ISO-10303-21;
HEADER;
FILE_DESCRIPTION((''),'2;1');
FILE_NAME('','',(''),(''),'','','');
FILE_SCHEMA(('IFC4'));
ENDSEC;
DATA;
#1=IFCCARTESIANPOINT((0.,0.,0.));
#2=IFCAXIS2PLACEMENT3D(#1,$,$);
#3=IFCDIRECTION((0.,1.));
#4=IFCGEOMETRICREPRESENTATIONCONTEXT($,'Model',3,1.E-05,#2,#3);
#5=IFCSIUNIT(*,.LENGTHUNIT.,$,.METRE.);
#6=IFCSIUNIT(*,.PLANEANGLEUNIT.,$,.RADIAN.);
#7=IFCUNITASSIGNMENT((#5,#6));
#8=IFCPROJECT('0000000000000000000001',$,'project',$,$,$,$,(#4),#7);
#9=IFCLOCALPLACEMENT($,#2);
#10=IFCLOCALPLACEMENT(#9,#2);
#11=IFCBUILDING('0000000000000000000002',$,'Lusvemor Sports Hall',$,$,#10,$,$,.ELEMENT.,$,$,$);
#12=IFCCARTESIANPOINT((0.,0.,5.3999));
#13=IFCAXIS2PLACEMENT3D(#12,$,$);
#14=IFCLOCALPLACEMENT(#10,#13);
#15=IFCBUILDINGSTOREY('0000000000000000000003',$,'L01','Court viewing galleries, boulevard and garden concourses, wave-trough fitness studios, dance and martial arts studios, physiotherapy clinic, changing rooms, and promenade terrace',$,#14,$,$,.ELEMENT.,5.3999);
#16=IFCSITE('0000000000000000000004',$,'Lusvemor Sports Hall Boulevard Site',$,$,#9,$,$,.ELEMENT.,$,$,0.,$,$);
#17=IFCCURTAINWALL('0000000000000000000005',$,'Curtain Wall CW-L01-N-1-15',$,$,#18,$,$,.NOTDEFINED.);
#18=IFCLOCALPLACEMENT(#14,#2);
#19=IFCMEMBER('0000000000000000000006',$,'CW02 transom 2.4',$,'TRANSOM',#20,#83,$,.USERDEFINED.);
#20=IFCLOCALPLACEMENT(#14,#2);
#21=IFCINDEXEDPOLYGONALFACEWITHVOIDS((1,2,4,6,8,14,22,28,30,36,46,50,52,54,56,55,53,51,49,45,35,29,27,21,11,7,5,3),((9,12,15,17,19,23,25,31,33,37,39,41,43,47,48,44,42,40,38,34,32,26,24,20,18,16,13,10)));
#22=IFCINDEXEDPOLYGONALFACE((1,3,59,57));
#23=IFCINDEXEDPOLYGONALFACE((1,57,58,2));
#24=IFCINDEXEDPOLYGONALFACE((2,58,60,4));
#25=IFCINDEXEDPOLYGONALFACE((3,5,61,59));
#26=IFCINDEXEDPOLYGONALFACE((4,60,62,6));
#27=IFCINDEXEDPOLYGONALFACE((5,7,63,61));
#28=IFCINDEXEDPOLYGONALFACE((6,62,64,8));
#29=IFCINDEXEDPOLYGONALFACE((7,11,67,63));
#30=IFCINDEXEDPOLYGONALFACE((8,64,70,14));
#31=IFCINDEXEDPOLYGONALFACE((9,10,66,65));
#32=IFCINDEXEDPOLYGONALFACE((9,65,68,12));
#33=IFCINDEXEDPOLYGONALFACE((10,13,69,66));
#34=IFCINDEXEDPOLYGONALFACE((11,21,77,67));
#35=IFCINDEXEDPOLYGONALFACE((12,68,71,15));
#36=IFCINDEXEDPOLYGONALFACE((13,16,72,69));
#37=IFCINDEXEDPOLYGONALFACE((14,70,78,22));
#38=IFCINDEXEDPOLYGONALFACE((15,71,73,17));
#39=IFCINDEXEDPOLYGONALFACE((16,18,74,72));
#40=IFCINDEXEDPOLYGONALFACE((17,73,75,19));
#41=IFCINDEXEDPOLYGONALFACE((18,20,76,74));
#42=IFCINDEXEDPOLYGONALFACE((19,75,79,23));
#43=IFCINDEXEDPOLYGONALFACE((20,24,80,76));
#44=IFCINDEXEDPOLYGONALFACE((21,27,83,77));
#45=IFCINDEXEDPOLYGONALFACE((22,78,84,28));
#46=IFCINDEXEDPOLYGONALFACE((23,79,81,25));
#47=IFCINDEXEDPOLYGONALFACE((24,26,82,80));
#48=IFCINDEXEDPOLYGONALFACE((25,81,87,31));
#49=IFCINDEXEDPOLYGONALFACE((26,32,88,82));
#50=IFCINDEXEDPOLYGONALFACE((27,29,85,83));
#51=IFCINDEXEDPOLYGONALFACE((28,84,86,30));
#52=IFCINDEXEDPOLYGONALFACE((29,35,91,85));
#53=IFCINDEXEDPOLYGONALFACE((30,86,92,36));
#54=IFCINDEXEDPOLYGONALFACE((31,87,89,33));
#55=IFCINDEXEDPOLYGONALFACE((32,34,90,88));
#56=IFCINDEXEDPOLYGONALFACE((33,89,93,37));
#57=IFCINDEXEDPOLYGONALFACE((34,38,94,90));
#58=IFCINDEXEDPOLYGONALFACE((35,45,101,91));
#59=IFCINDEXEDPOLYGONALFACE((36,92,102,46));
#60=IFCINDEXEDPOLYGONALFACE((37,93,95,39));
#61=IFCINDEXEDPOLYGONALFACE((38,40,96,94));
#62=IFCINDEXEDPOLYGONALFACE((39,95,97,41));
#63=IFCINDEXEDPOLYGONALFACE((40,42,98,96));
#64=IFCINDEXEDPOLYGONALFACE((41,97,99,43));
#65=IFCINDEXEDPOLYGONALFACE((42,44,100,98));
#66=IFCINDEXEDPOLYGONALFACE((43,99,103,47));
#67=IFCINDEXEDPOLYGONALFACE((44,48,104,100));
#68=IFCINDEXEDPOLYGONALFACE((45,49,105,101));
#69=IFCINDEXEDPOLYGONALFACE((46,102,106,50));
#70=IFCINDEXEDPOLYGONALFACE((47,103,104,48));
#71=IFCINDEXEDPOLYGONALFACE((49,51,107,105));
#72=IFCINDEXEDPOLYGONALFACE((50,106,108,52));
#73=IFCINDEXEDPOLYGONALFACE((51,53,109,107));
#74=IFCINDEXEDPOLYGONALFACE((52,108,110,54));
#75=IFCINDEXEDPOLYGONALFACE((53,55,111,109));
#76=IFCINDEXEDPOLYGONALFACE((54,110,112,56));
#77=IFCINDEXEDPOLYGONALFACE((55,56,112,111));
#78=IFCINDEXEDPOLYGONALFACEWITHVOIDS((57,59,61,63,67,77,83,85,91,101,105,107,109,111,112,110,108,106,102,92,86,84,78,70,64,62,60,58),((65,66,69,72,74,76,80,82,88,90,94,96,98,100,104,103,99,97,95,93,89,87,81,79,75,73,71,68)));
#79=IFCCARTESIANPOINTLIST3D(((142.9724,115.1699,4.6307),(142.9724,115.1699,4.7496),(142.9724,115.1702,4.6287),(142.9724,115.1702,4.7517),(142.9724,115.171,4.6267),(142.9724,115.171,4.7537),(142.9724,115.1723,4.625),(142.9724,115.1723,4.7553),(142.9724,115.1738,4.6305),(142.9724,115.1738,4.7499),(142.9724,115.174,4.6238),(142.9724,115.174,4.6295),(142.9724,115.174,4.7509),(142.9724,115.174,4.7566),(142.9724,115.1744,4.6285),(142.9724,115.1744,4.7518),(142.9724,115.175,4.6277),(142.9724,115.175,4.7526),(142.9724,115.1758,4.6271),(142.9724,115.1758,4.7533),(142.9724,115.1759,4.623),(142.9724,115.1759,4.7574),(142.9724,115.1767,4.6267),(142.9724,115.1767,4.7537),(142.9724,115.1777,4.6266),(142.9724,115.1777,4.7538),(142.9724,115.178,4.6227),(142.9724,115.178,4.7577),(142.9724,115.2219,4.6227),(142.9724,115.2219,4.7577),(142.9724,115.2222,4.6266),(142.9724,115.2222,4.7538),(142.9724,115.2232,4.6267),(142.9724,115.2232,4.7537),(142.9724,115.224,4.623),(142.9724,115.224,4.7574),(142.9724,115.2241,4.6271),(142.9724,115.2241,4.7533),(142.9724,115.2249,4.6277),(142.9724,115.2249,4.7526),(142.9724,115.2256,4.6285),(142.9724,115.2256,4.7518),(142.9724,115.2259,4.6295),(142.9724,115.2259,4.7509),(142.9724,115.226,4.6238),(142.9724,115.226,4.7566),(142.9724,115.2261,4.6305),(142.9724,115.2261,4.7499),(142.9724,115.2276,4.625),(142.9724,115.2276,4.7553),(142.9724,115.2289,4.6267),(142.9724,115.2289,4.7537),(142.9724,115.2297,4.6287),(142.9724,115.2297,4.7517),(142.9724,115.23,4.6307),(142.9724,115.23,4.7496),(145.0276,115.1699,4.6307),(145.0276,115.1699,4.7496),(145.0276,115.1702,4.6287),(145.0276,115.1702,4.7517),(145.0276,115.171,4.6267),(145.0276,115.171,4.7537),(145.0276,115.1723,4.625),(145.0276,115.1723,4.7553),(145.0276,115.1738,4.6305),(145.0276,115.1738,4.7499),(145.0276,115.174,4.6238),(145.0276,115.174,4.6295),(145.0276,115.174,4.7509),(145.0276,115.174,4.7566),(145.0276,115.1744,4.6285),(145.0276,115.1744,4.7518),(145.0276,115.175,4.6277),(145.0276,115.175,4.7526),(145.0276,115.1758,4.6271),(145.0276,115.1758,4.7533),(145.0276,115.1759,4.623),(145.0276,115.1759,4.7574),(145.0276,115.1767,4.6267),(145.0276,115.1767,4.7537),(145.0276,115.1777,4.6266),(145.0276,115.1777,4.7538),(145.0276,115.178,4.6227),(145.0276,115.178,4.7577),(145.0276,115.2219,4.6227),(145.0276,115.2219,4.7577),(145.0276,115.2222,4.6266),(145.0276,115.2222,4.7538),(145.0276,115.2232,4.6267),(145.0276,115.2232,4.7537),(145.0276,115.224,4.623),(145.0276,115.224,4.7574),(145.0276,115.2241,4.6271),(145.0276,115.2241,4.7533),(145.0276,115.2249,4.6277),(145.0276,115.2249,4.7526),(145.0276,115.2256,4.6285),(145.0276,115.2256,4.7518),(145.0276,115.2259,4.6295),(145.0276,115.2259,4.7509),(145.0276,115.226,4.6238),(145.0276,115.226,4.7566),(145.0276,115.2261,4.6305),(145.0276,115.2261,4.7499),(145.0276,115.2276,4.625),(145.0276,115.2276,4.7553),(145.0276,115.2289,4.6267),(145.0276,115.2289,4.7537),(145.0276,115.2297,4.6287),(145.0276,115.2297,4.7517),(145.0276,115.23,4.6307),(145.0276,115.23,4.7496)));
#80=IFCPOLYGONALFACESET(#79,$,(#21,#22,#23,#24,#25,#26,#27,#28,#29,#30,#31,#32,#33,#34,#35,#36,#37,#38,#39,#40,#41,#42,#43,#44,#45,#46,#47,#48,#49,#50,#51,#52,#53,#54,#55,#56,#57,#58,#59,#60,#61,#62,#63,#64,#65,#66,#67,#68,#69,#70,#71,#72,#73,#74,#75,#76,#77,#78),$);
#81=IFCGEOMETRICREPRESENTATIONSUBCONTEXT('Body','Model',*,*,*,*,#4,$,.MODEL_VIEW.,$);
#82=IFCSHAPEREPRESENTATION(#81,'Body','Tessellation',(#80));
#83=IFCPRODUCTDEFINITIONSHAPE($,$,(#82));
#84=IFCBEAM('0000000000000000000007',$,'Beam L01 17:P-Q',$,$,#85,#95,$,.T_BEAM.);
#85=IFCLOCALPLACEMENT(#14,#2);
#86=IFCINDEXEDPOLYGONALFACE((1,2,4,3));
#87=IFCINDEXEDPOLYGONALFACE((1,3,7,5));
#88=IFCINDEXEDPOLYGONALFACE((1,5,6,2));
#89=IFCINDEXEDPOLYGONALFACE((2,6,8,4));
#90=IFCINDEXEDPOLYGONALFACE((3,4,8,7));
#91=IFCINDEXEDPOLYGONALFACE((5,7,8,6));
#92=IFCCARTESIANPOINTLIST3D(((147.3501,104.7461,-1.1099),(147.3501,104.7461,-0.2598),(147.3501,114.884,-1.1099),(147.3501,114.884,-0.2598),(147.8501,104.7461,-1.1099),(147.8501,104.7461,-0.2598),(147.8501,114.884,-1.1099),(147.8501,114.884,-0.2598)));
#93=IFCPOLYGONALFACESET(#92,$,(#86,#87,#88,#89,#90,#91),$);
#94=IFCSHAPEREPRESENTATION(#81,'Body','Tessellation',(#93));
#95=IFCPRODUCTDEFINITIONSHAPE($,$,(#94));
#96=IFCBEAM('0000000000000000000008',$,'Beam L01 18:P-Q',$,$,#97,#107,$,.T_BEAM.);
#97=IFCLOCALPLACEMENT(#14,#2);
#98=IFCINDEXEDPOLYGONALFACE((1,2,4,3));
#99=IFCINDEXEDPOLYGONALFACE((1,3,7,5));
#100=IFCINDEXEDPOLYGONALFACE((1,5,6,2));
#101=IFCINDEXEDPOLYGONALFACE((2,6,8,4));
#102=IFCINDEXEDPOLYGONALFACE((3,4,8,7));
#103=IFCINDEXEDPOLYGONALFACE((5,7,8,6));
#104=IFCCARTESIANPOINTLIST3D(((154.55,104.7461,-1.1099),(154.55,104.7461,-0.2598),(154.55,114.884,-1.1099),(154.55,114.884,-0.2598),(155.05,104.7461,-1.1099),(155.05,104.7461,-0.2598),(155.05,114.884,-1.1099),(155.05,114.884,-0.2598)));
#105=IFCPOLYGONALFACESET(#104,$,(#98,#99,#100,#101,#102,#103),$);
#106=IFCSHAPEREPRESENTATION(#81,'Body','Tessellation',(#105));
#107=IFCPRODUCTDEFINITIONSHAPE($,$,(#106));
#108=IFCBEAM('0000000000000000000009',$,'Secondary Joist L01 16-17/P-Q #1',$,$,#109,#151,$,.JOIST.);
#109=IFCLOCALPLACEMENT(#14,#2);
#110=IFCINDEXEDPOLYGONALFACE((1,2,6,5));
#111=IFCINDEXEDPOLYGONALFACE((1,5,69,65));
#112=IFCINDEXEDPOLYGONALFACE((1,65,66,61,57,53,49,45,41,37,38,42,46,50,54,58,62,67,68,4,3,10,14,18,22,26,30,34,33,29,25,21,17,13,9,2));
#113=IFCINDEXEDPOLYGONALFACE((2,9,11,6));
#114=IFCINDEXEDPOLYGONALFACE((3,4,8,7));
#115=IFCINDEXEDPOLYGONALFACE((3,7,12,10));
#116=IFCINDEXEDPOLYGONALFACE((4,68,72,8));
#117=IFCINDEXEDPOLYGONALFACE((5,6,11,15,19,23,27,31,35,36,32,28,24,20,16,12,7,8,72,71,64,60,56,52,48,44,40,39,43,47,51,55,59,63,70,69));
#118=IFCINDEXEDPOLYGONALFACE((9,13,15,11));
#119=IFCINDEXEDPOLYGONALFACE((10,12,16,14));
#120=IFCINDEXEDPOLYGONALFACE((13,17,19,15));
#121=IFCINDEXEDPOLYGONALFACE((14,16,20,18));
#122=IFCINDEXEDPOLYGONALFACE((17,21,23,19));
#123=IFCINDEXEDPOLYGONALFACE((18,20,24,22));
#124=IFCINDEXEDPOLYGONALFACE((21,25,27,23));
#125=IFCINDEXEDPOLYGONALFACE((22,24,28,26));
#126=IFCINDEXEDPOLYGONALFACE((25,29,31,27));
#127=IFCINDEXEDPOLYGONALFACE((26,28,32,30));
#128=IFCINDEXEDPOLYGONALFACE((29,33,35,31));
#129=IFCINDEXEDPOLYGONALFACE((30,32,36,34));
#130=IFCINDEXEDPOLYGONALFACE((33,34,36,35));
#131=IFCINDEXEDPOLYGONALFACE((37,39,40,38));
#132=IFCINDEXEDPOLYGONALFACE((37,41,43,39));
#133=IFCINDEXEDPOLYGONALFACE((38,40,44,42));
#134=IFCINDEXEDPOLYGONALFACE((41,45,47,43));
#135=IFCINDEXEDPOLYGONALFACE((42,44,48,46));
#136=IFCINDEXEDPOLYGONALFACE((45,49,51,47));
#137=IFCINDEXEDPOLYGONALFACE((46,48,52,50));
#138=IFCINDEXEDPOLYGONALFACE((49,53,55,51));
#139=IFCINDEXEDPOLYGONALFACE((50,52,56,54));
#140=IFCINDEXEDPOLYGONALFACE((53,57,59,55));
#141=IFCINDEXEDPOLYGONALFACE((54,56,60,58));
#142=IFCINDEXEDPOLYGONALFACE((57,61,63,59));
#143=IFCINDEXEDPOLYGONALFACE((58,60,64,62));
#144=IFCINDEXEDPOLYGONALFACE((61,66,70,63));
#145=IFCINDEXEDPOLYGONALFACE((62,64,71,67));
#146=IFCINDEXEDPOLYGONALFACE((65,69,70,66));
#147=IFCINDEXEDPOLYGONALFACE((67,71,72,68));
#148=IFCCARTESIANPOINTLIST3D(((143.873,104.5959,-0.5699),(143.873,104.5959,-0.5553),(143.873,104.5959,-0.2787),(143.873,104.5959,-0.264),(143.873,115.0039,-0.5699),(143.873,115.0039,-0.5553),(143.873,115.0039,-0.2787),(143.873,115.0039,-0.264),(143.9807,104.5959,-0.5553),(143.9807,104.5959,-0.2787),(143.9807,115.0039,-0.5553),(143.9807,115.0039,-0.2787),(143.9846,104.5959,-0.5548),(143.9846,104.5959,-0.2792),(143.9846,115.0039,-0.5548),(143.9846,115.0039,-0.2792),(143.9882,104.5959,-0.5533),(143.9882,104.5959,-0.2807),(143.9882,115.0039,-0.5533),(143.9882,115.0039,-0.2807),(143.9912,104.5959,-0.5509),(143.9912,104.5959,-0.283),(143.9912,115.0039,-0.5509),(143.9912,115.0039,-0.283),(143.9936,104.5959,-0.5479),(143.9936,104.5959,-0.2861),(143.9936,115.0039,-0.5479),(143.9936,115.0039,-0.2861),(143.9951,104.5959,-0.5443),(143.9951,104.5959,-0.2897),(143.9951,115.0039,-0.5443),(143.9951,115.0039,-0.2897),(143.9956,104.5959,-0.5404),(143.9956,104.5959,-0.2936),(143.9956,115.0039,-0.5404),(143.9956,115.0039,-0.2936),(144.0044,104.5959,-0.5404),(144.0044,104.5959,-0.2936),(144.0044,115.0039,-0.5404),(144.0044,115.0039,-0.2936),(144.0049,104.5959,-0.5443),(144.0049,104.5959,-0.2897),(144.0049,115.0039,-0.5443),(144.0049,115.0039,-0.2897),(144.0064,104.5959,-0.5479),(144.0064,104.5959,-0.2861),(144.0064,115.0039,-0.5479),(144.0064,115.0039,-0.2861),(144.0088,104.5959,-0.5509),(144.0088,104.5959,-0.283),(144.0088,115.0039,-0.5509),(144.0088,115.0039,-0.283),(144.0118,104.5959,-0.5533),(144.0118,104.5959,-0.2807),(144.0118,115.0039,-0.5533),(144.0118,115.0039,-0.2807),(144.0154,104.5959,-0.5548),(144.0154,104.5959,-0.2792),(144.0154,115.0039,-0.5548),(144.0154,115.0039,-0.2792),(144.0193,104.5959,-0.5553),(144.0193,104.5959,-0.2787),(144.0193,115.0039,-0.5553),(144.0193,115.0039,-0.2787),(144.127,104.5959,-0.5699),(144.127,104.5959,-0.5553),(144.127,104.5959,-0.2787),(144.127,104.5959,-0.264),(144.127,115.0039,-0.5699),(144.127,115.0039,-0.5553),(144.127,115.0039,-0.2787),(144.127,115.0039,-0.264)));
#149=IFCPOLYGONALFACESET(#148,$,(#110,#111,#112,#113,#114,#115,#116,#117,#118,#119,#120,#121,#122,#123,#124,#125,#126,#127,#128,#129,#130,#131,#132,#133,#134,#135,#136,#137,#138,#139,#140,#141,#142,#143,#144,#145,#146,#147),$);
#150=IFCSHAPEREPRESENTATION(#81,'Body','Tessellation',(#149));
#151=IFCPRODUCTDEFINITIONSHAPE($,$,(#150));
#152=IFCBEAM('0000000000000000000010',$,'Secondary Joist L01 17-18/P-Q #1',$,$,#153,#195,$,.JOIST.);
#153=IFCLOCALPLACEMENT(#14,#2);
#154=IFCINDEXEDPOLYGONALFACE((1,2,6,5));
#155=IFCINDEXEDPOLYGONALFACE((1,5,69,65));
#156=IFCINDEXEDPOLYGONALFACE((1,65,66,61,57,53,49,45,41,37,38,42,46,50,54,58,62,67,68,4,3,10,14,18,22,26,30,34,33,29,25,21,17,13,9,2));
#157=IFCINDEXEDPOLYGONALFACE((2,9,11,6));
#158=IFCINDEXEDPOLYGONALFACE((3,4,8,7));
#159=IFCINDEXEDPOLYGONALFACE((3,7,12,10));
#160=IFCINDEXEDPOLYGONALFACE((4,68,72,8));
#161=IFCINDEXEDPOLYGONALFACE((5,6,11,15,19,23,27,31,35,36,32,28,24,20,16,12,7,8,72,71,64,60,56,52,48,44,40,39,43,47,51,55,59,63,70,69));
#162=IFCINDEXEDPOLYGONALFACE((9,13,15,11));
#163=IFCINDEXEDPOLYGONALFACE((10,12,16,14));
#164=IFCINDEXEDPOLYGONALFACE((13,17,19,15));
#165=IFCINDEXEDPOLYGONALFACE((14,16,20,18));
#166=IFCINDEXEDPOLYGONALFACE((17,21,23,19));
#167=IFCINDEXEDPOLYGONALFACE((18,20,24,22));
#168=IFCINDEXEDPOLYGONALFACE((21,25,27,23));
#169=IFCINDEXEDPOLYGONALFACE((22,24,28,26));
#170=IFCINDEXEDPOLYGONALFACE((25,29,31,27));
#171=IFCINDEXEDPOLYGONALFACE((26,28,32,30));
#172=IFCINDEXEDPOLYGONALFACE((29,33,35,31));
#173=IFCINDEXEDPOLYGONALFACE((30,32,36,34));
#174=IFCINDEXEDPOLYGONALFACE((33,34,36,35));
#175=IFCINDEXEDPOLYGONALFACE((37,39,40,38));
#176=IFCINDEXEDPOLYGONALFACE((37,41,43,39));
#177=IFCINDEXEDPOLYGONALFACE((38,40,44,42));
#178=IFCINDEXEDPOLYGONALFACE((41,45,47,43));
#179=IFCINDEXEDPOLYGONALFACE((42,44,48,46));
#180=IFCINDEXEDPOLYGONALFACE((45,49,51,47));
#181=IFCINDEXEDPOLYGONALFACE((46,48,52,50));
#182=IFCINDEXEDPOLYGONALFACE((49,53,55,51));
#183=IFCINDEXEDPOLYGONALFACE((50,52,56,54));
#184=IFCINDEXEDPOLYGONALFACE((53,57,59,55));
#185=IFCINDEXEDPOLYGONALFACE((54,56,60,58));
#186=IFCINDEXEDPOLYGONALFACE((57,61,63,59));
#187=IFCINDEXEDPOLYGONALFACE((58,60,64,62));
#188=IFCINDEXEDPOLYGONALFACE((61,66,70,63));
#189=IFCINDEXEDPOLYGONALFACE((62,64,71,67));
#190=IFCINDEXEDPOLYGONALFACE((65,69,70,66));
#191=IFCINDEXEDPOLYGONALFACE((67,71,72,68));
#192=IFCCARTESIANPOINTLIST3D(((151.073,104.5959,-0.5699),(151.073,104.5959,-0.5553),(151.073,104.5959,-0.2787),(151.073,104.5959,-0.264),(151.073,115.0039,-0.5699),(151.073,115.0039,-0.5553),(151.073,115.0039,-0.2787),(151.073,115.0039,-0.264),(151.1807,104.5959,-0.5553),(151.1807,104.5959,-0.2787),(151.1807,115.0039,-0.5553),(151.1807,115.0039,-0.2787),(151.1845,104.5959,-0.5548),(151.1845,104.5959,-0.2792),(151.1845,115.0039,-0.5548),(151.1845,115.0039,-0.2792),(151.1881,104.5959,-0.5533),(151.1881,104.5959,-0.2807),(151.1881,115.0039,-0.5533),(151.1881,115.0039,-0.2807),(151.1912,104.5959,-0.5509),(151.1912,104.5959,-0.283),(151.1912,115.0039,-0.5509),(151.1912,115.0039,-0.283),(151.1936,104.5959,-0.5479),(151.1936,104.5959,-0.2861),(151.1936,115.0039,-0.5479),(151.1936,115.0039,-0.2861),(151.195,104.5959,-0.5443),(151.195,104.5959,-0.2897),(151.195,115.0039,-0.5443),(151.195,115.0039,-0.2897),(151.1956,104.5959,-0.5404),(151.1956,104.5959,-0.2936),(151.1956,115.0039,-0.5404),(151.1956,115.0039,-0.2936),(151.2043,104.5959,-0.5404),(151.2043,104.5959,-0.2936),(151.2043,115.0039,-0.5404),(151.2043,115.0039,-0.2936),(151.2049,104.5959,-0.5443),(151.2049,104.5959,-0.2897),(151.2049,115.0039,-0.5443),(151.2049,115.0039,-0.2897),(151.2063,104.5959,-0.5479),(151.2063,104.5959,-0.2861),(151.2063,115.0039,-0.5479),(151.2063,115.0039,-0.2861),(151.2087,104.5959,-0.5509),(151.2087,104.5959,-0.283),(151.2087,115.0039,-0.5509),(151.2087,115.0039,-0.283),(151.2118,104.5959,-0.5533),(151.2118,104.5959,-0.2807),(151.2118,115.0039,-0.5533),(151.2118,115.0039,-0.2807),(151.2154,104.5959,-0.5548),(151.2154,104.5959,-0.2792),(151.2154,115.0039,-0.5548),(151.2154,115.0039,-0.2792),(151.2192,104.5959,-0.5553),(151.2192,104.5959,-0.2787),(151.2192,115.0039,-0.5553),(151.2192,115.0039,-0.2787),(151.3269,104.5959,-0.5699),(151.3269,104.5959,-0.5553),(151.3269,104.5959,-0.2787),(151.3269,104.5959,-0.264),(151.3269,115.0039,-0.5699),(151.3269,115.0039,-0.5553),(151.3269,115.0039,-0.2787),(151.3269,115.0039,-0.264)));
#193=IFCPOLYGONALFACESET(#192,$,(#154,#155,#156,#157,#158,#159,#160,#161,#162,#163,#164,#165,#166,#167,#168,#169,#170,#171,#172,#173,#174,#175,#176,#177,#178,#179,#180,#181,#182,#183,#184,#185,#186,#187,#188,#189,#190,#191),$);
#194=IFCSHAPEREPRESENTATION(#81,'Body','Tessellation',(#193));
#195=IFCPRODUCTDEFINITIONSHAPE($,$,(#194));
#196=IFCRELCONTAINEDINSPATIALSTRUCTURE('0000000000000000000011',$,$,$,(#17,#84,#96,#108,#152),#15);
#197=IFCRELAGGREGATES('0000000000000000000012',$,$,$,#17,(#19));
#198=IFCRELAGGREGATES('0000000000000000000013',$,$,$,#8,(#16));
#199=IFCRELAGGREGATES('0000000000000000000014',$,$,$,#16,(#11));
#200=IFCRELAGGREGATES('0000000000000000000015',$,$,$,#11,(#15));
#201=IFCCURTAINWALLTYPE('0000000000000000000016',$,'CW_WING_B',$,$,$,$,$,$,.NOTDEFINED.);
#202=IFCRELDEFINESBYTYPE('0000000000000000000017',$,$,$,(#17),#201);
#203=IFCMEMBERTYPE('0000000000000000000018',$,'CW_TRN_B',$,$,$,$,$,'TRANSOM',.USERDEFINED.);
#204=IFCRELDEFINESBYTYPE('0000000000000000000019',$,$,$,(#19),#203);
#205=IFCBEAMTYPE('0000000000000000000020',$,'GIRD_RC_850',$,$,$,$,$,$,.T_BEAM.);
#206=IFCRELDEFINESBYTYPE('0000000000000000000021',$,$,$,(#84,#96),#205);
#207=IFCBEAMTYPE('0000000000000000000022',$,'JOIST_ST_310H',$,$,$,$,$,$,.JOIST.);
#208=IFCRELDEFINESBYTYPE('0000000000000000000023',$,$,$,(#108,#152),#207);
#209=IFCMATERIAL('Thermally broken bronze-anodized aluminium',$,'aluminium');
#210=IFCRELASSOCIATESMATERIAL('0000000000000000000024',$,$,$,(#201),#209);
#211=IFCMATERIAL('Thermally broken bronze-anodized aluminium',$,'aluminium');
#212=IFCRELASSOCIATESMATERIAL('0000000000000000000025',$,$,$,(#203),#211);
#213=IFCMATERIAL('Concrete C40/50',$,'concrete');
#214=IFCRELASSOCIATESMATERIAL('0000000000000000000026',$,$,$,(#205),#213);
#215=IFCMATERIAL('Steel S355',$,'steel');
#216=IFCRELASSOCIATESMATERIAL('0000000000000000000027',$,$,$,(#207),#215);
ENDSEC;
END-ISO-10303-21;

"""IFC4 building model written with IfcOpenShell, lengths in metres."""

from ifc_helpers import new_model, si_unit, direction, frame, origin, origin_2d, place, context, subcontext, project, spatial, rectangle, hollow_rectangle, i_section, extrude, material, material_profile, profile_set, type_object, element, aggregate, save


model = new_model("IFC4")

# Units and contexts
model_context = context("Model", 3, precision=1e-05, world=origin(), true_north=direction((0.0, 1.0)))
body_context = subcontext(model_context, "Body", "Model", "MODEL_VIEW")
ifc_project = project(units=[si_unit("LENGTHUNIT", "METRE"), si_unit("PLANEANGLEUNIT", "RADIAN")], contexts=[model_context])

# Site, building, storey
site_placement = place(None, origin())
site = spatial("IfcSite", under=ifc_project, at=site_placement, Name="Lusvemor Sports Hall Boulevard Site", CompositionType="ELEMENT", RefElevation=0.0)
building_placement = place(site_placement, origin())
building = spatial("IfcBuilding", under=site, at=building_placement, Name="Lusvemor Sports Hall", CompositionType="ELEMENT")
storey_placement = place(building_placement, frame((0.0, 0.0, 5.3999)))
storey = spatial("IfcBuildingStorey", under=building, at=storey_placement, Name="L01", Description="Court viewing galleries, boulevard and garden concourses, wave-trough fitness studios, dance and martial arts studios, physiotherapy clinic, changing rooms, and promenade terrace", CompositionType="ELEMENT", Elevation=5.3999)

# Curtain wall, member
ifc_material_1 = material(Name="Thermally broken bronze-anodized aluminium", Category="aluminium")
curtain_wall_type = type_object("IfcCurtainWallType", Name="CW_WING_B", PredefinedType="NOTDEFINED", material=ifc_material_1)
curtain_wall_placement = place(storey_placement, origin())
curtain_wall = element("IfcCurtainWall", 1, at=curtain_wall_placement, inside=storey, type_object=curtain_wall_type, Name="Curtain Wall CW-L01-N-1-15", PredefinedType="NOTDEFINED")
ifc_material_2 = material(Name="Thermally broken bronze-anodized aluminium", Category="aluminium")
ifc_material_profile_1 = material_profile(ifc_material_2, hollow_rectangle(XDim=0.0601, YDim=0.135, WallThickness=0.0039, InnerFilletRadius=0.0039, OuterFilletRadius=0.0081, at=origin_2d()), Name="CWTRN135x60x4")
ifc_profile_set_1 = profile_set([ifc_material_profile_1], Name="Thermally broken bronze-anodized aluminium")
member_type_1 = type_object("IfcMemberType", Name="CW_TRN_B", ElementType="TRANSOM", PredefinedType="USERDEFINED", material=ifc_profile_set_1)
member_1_placement = place(storey_placement, frame((142.9724, 115.2, 4.6902), z_axis=(1.0, 0.0, 0.0), x_axis=(0.0, 1.0, 0.0)))
member_1 = element("IfcMember", 2, at=member_1_placement, type_object=member_type_1, Name="CW02 transom 2.4", ObjectType="TRANSOM", PredefinedType="USERDEFINED", context=body_context, shape_type="SweptSolid", body=[
    extrude(hollow_rectangle(XDim=0.0601, YDim=0.135, WallThickness=0.0039, InnerFilletRadius=0.0039, OuterFilletRadius=0.0081, at=origin_2d()), origin(), (0.0, 0.0, 1.0), 2.0552),
])

# Beams
ifc_material_3 = material(Name="Concrete C40/50", Category="concrete")
ifc_material_profile_2 = material_profile(ifc_material_3, rectangle(XDim=0.5, YDim=0.8501, at=origin_2d()), Name="RC500x850")
ifc_profile_set_2 = profile_set([ifc_material_profile_2], Name="Concrete C40/50")
beam_type_1 = type_object("IfcBeamType", Name="GIRD_RC_850", PredefinedType="T_BEAM", material=ifc_profile_set_2)
for number, where, z_axis, x_axis, name in (
    (3, (147.6001, 104.7461, -0.6848), (0.0, 1.0, 0.0), (-1.0, 0.0, 0.0), "Beam L01 17:P-Q"),
    (4, (154.8, 104.7461, -0.6848), (0.0, 1.0, 0.0), (-1.0, 0.0, 0.0), "Beam L01 18:P-Q"),
):
    element("IfcBeam", number, at=place(storey_placement, frame(where, z_axis=z_axis, x_axis=x_axis)), inside=storey, type_object=beam_type_1, Name=name, PredefinedType="T_BEAM", context=body_context, shape_type="SweptSolid", body=[
        extrude(rectangle(XDim=0.5, YDim=0.8501, at=origin_2d()), origin(), (0.0, 0.0, 1.0), 10.1379),
    ])
ifc_material_4 = material(Name="Steel S355", Category="steel")
ifc_material_profile_3 = material_profile(ifc_material_4, i_section(OverallWidth=0.2539, OverallDepth=0.3059, WebThickness=0.0088, FlangeThickness=0.0146, FilletRadius=0.0149, at=origin_2d()), Name="W310x79.0")
ifc_profile_set_3 = profile_set([ifc_material_profile_3], Name="Steel S355")
beam_type_2 = type_object("IfcBeamType", Name="JOIST_ST_310H", PredefinedType="JOIST", material=ifc_profile_set_3)
for number, where, z_axis, x_axis, name in (
    (5, (144.0, 104.5959, -0.417), (0.0, 1.0, 0.0), (-1.0, 0.0, 0.0), "Secondary Joist L01 16-17/P-Q #1"),
    (6, (151.2, 104.5959, -0.417), (0.0, 1.0, 0.0), (-1.0, 0.0, 0.0), "Secondary Joist L01 17-18/P-Q #1"),
):
    element("IfcBeam", number, at=place(storey_placement, frame(where, z_axis=z_axis, x_axis=x_axis)), inside=storey, type_object=beam_type_2, Name=name, PredefinedType="JOIST", context=body_context, shape_type="SweptSolid", body=[
        extrude(i_section(OverallWidth=0.2539, OverallDepth=0.3059, WebThickness=0.0088, FlangeThickness=0.0146, FilletRadius=0.0149, at=origin_2d()), origin(), (0.0, 0.0, 1.0), 10.408),
    ])

aggregate(curtain_wall, [member_1])

save(model, "model.ifc")
